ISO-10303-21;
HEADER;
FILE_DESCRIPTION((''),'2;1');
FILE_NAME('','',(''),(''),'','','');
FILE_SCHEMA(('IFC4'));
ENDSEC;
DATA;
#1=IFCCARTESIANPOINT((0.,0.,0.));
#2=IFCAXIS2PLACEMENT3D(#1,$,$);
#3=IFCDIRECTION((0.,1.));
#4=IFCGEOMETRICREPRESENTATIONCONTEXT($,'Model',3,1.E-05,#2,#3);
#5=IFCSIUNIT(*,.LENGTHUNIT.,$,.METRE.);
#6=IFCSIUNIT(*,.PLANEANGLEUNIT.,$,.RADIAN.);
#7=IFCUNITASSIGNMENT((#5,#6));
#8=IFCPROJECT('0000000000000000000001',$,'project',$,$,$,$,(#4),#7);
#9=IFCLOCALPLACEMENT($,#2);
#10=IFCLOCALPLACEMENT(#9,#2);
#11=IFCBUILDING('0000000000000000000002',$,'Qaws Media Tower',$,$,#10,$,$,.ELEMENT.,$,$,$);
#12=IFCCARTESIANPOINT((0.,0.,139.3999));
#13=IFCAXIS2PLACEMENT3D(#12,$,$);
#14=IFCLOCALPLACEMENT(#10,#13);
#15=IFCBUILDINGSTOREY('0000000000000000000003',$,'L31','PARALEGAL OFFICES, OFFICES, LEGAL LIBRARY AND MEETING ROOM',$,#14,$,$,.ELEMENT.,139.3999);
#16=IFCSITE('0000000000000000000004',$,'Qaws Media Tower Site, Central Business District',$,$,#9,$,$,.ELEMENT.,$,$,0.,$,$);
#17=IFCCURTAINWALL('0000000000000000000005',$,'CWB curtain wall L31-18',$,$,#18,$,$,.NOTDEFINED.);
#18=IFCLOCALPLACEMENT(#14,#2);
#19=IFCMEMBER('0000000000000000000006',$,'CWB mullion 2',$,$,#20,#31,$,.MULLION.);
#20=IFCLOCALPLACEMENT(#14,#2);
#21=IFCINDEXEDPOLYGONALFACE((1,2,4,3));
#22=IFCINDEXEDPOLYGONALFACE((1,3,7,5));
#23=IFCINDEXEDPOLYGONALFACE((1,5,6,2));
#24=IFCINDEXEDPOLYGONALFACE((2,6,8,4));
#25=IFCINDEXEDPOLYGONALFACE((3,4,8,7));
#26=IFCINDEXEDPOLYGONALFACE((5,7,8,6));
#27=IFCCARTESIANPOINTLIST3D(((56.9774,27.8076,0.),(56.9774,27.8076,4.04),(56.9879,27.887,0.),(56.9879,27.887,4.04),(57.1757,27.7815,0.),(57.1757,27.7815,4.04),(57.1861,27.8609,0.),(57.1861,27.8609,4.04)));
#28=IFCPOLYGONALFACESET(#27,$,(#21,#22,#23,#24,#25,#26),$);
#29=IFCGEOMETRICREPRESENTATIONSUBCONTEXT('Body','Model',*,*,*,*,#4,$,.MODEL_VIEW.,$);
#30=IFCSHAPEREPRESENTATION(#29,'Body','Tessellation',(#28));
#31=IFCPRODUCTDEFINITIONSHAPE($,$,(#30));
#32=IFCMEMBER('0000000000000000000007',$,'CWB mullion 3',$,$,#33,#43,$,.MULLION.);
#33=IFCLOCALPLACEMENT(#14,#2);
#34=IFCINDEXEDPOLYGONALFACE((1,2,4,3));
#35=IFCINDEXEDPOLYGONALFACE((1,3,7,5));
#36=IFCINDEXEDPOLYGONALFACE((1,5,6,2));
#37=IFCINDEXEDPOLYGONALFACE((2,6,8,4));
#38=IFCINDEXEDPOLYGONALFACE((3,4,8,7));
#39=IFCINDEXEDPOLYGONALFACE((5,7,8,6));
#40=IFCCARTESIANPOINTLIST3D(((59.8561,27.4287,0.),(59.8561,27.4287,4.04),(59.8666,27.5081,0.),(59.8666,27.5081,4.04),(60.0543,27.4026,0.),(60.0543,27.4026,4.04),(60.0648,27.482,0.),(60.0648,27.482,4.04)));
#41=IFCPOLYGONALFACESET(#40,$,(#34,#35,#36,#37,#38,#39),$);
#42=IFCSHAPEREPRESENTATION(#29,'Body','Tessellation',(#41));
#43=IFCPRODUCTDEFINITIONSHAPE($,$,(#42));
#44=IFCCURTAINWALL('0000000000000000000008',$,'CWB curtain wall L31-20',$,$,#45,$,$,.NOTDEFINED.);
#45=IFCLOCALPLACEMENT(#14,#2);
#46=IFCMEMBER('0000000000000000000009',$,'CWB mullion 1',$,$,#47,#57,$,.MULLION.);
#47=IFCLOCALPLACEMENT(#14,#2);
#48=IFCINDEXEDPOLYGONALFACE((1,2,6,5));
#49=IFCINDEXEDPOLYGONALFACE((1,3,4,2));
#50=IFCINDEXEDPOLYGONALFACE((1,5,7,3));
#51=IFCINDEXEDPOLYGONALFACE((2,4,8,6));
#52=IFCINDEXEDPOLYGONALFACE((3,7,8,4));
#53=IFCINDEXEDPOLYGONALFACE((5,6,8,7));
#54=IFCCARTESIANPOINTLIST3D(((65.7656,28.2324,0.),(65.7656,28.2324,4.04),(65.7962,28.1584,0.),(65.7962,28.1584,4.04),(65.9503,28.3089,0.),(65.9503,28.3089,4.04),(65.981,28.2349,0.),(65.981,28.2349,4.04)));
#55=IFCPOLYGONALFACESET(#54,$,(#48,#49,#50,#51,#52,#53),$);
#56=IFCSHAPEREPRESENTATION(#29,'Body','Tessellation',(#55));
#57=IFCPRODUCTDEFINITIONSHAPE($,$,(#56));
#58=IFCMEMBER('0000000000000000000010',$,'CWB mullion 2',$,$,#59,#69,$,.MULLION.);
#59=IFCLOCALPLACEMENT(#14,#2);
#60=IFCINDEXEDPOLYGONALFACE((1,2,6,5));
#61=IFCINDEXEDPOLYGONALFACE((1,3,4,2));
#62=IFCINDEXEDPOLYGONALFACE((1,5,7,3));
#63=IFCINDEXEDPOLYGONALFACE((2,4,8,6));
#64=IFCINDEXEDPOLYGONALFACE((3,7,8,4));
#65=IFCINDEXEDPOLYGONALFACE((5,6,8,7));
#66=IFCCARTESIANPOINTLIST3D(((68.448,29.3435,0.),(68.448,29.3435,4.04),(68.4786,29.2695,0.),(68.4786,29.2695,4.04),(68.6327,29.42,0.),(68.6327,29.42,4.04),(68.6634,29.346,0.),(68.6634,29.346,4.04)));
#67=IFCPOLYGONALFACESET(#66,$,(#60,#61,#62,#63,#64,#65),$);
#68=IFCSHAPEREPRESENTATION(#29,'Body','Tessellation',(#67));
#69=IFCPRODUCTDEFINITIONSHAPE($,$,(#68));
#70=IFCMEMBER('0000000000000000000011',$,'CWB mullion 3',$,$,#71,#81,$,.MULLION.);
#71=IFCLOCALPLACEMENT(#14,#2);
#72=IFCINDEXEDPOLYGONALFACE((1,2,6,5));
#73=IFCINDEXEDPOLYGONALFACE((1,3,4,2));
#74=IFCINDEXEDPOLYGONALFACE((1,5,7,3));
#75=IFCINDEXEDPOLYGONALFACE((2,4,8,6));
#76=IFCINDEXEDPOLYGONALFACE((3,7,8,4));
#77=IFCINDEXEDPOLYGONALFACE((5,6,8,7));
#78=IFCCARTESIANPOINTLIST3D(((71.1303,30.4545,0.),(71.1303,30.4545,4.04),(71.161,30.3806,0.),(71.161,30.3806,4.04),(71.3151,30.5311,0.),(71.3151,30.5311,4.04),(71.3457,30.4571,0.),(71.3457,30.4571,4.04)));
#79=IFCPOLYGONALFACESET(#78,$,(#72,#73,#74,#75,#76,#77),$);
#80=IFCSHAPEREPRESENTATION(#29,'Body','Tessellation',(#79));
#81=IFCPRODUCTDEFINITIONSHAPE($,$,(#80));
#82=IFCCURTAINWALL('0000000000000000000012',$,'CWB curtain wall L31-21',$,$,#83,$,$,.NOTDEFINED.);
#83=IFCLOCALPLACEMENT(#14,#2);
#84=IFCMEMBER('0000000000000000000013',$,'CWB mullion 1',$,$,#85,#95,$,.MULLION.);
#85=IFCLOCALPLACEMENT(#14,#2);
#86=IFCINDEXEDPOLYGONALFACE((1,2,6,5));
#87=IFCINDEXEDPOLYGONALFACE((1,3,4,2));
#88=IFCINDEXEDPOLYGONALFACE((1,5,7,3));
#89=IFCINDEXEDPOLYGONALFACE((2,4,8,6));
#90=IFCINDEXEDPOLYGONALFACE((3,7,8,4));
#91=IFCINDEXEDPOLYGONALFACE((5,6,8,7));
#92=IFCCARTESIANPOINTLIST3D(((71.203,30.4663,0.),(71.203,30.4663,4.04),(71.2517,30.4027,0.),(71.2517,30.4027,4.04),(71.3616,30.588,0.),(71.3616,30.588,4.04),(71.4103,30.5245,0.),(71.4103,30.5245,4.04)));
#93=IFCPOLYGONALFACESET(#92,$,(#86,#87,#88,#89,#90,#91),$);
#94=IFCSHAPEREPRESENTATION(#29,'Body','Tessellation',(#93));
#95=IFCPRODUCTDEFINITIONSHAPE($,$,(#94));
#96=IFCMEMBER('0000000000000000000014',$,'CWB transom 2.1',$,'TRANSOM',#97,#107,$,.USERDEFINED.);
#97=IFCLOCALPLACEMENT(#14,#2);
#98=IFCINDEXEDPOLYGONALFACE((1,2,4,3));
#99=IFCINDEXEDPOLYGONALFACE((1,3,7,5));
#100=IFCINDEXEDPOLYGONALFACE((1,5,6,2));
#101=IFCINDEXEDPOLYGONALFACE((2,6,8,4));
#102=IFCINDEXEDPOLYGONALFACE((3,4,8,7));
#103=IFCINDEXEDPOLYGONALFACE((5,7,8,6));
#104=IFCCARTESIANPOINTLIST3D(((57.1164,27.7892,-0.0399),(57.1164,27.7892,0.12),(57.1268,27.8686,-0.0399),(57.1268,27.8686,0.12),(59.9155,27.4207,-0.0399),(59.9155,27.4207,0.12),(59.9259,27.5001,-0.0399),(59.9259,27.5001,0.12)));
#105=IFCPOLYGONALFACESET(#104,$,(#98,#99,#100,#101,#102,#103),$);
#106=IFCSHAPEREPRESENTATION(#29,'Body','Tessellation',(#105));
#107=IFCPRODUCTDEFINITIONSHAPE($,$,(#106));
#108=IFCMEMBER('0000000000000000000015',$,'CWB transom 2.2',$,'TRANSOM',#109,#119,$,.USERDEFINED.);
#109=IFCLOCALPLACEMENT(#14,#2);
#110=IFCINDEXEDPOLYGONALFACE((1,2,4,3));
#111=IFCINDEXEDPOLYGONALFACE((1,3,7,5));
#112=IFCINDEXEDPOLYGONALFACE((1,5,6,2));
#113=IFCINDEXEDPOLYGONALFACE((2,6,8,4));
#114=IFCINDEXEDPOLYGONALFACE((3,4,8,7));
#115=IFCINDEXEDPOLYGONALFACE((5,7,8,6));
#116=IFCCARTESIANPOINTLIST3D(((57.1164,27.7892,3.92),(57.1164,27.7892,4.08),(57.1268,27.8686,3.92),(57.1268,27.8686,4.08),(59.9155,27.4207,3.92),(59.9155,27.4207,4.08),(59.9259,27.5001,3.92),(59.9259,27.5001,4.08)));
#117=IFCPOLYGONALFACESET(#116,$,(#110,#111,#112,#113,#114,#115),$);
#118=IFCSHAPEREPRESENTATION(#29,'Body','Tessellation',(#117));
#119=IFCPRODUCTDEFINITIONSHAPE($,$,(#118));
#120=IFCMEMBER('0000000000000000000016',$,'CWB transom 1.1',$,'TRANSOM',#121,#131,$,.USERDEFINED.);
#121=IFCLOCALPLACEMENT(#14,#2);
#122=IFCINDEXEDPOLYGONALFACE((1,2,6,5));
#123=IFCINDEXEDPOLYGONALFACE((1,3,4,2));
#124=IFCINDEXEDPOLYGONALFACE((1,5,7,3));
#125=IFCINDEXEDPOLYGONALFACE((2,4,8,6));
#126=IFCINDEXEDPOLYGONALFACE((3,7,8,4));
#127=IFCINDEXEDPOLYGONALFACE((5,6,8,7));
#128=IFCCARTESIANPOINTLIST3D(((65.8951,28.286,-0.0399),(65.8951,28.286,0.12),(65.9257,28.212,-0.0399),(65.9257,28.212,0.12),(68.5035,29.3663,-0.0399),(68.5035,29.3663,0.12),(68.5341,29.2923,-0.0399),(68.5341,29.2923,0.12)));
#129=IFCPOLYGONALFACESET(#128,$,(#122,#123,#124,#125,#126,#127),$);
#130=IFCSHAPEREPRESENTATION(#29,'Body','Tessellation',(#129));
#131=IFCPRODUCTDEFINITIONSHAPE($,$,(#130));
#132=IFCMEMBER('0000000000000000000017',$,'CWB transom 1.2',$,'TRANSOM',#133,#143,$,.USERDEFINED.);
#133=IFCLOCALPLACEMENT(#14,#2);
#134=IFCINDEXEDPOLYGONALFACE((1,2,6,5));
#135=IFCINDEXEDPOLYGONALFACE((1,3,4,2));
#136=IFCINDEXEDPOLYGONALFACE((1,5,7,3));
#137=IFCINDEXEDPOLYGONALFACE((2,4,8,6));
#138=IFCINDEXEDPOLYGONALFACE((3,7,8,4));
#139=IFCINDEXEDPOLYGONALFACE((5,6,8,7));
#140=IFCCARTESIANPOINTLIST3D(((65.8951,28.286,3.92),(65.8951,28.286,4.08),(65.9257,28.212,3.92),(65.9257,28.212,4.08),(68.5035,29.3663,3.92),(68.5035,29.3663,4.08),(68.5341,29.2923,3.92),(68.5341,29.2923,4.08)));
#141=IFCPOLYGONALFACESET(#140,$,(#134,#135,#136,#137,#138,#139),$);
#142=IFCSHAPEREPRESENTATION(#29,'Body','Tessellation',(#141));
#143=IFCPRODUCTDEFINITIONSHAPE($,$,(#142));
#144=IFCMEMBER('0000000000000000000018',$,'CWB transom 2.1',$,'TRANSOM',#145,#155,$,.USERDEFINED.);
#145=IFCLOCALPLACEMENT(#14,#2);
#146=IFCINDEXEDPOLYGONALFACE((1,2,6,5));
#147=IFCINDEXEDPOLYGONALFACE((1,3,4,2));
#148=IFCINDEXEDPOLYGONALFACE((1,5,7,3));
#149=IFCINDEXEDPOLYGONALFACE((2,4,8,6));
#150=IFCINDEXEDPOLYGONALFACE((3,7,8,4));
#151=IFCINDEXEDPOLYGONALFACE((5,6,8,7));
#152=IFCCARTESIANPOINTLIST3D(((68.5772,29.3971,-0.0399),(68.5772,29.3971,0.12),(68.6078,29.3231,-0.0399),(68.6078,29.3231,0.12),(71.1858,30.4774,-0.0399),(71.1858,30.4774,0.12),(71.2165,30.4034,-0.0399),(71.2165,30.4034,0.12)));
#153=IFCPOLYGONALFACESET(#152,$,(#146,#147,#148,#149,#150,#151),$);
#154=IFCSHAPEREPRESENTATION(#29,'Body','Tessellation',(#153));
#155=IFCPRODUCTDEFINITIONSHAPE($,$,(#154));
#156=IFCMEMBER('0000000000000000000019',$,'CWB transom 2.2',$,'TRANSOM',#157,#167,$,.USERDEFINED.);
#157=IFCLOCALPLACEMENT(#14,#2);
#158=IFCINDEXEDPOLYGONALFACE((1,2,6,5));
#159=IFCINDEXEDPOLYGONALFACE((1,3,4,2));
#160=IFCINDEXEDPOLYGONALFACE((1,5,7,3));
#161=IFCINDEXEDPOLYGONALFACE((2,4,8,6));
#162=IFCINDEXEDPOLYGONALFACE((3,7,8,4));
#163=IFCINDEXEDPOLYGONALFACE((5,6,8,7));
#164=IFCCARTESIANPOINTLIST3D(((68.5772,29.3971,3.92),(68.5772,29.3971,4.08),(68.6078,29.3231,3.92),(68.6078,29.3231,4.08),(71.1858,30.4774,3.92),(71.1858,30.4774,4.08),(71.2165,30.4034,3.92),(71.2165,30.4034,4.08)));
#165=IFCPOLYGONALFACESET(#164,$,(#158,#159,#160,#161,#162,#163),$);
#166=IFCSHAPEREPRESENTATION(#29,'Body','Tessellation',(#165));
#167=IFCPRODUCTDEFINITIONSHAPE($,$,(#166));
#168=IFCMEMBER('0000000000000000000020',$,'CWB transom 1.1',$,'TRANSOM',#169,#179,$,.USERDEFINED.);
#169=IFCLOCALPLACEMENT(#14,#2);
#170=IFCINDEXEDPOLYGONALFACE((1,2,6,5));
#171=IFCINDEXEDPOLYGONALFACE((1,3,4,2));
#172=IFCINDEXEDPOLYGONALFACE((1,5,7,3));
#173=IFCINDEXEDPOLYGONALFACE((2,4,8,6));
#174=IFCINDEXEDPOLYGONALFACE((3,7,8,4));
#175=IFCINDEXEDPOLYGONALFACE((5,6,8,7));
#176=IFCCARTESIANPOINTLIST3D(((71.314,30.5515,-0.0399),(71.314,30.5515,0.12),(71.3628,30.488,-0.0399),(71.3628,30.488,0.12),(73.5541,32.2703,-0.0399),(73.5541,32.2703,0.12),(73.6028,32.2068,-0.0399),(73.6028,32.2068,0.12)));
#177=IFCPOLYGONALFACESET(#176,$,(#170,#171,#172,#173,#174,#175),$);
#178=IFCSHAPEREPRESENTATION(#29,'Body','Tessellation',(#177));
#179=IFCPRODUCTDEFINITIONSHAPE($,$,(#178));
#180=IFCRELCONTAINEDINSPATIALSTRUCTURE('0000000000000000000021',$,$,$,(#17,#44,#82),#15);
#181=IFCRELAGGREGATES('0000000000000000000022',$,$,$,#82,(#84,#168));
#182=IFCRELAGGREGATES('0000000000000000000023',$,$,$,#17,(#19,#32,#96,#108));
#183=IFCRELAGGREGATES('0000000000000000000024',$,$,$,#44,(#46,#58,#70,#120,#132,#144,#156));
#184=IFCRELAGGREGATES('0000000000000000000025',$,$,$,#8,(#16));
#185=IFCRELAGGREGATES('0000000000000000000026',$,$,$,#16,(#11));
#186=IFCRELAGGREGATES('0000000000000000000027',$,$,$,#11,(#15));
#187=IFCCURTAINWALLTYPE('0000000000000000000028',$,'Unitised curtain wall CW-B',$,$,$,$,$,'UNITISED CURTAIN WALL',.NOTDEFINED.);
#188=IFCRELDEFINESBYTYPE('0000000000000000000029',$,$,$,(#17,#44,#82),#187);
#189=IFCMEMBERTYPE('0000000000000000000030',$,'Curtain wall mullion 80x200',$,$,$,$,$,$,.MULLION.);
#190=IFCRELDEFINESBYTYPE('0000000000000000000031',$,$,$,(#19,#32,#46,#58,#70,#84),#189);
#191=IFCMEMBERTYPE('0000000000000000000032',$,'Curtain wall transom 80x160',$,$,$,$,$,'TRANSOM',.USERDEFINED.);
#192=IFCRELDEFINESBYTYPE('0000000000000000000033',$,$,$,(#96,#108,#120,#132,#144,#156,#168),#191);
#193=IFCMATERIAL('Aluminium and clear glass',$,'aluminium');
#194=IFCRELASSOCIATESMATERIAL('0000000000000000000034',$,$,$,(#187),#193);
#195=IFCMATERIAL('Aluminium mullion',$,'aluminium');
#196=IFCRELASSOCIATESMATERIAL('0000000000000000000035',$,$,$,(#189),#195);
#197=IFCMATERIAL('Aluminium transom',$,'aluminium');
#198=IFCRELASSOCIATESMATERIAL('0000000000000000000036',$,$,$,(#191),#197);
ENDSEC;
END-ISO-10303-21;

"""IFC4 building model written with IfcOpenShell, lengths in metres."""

from ifc_helpers import new_model, si_unit, direction, frame, origin, origin_2d, place, context, subcontext, project, spatial, rectangle, extrude, material, material_profile, profile_set, type_object, element, aggregate, save


model = new_model("IFC4")

# Units and contexts
model_context = context("Model", 3, precision=1e-05, world=origin(), true_north=direction((0.0, 1.0)))
body_context = subcontext(model_context, "Body", "Model", "MODEL_VIEW")
ifc_project = project(units=[si_unit("LENGTHUNIT", "METRE"), si_unit("PLANEANGLEUNIT", "RADIAN")], contexts=[model_context])

# Site, building, storey
site_placement = place(None, origin())
site = spatial("IfcSite", under=ifc_project, at=site_placement, Name="Qaws Media Tower Site, Central Business District", CompositionType="ELEMENT", RefElevation=0.0)
building_placement = place(site_placement, origin())
building = spatial("IfcBuilding", under=site, at=building_placement, Name="Qaws Media Tower", CompositionType="ELEMENT")
storey_placement = place(building_placement, frame((0.0, 0.0, 139.3999)))
storey = spatial("IfcBuildingStorey", under=building, at=storey_placement, Name="L31", Description="PARALEGAL OFFICES, OFFICES, LEGAL LIBRARY AND MEETING ROOM", CompositionType="ELEMENT", Elevation=139.3999)

# Curtain walls, members
ifc_material_1 = material(Name="Aluminium and clear glass", Category="aluminium")
curtain_wall_type = type_object("IfcCurtainWallType", Name="Unitised curtain wall CW-B", ElementType="UNITISED CURTAIN WALL", PredefinedType="NOTDEFINED", material=ifc_material_1)
curtain_wall_1_placement = place(storey_placement, origin())
curtain_wall_1 = element("IfcCurtainWall", 1, at=curtain_wall_1_placement, inside=storey, type_object=curtain_wall_type, Name="CWB curtain wall L31-18", PredefinedType="NOTDEFINED")
ifc_material_2 = material(Name="Aluminium mullion", Category="aluminium")
ifc_material_profile_1 = material_profile(ifc_material_2, rectangle(XDim=0.0801, YDim=0.2, at=origin_2d()), Name="80x200")
ifc_profile_set_1 = profile_set([ifc_material_profile_1], Name="Aluminium mullion")
member_type_1 = type_object("IfcMemberType", Name="Curtain wall mullion 80x200", PredefinedType="MULLION", material=ifc_profile_set_1)
member_1_placement = place(storey_placement, frame((57.0818, 27.8342, 0.0), z_axis=(0.0, 0.0, 1.0), x_axis=(0.130526, 0.991445, 0.0)))
member_1 = element("IfcMember", 2, at=member_1_placement, type_object=member_type_1, Name="CWB mullion 2", PredefinedType="MULLION", context=body_context, shape_type="SweptSolid", body=[
    extrude(rectangle(XDim=0.0801, YDim=0.2, at=origin_2d()), origin(), (0.0, 0.0, 1.0), 4.04),
])
member_2_placement = place(storey_placement, frame((59.9604, 27.4553, 0.0), z_axis=(0.0, 0.0, 1.0), x_axis=(0.130526, 0.991445, 0.0)))
member_2 = element("IfcMember", 3, at=member_2_placement, type_object=member_type_1, Name="CWB mullion 3", PredefinedType="MULLION", context=body_context, shape_type="SweptSolid", body=[
    extrude(rectangle(XDim=0.0801, YDim=0.2, at=origin_2d()), origin(), (0.0, 0.0, 1.0), 4.04),
])
curtain_wall_2_placement = place(storey_placement, origin())
curtain_wall_2 = element("IfcCurtainWall", 4, at=curtain_wall_2_placement, inside=storey, type_object=curtain_wall_type, Name="CWB curtain wall L31-20", PredefinedType="NOTDEFINED")
member_3_placement = place(storey_placement, frame((65.8733, 28.2336, 0.0), z_axis=(0.0, 0.0, 1.0), x_axis=(-0.382683, 0.92388, 0.0)))
member_3 = element("IfcMember", 5, at=member_3_placement, type_object=member_type_1, Name="CWB mullion 1", PredefinedType="MULLION", context=body_context, shape_type="SweptSolid", body=[
    extrude(rectangle(XDim=0.0801, YDim=0.2, at=origin_2d()), origin(), (0.0, 0.0, 1.0), 4.04),
])
member_4_placement = place(storey_placement, frame((68.5557, 29.3447, 0.0), z_axis=(0.0, 0.0, 1.0), x_axis=(-0.382683, 0.92388, 0.0)))
member_4 = element("IfcMember", 6, at=member_4_placement, type_object=member_type_1, Name="CWB mullion 2", PredefinedType="MULLION", context=body_context, shape_type="SweptSolid", body=[
    extrude(rectangle(XDim=0.0801, YDim=0.2, at=origin_2d()), origin(), (0.0, 0.0, 1.0), 4.04),
])
member_5_placement = place(storey_placement, frame((71.238, 30.4558, 0.0), z_axis=(0.0, 0.0, 1.0), x_axis=(-0.382683, 0.92388, 0.0)))
member_5 = element("IfcMember", 7, at=member_5_placement, type_object=member_type_1, Name="CWB mullion 3", PredefinedType="MULLION", context=body_context, shape_type="SweptSolid", body=[
    extrude(rectangle(XDim=0.0801, YDim=0.2, at=origin_2d()), origin(), (0.0, 0.0, 1.0), 4.04),
])

# Curtain wall, member
curtain_wall_3_placement = place(storey_placement, origin())
curtain_wall_3 = element("IfcCurtainWall", 8, at=curtain_wall_3_placement, inside=storey, type_object=curtain_wall_type, Name="CWB curtain wall L31-21", PredefinedType="NOTDEFINED")
member_6_placement = place(storey_placement, frame((71.3066, 30.4954, 0.0), z_axis=(0.0, 0.0, 1.0), x_axis=(-0.608761, 0.793353, 0.0)))
member_6 = element("IfcMember", 9, at=member_6_placement, type_object=member_type_1, Name="CWB mullion 1", PredefinedType="MULLION", context=body_context, shape_type="SweptSolid", body=[
    extrude(rectangle(XDim=0.0801, YDim=0.2, at=origin_2d()), origin(), (0.0, 0.0, 1.0), 4.04),
])

# Members
ifc_material_3 = material(Name="Aluminium transom", Category="aluminium")
ifc_material_profile_2 = material_profile(ifc_material_3, rectangle(XDim=0.0801, YDim=0.1599, at=origin_2d()), Name="80x160")
ifc_profile_set_2 = profile_set([ifc_material_profile_2], Name="Aluminium transom")
member_type_2 = type_object("IfcMemberType", Name="Curtain wall transom 80x160", ElementType="TRANSOM", PredefinedType="USERDEFINED", material=ifc_profile_set_2)
member_7_placement = place(storey_placement, frame((57.1216, 27.8289, 0.04), z_axis=(0.991449, -0.130493, 0.0), x_axis=(0.130493, 0.991449, 0.0)))
member_7 = element("IfcMember", 10, at=member_7_placement, type_object=member_type_2, Name="CWB transom 2.1", ObjectType="TRANSOM", PredefinedType="USERDEFINED", context=body_context, shape_type="SweptSolid", body=[
    extrude(rectangle(XDim=0.0801, YDim=0.1599, at=origin_2d()), origin(), (0.0, 0.0, 1.0), 2.8232),
])
member_8_placement = place(storey_placement, frame((57.1216, 27.8289, 4.0), z_axis=(0.991449, -0.130493, 0.0), x_axis=(0.130493, 0.991449, 0.0)))
member_8 = element("IfcMember", 11, at=member_8_placement, type_object=member_type_2, Name="CWB transom 2.2", ObjectType="TRANSOM", PredefinedType="USERDEFINED", context=body_context, shape_type="SweptSolid", body=[
    extrude(rectangle(XDim=0.0801, YDim=0.1599, at=origin_2d()), origin(), (0.0, 0.0, 1.0), 2.8232),
])
member_9_placement = place(storey_placement, frame((65.9104, 28.249, 0.04), z_axis=(0.923894, 0.38265, 0.0), x_axis=(-0.38265, 0.923894, 0.0)))
member_9 = element("IfcMember", 12, at=member_9_placement, type_object=member_type_2, Name="CWB transom 1.1", ObjectType="TRANSOM", PredefinedType="USERDEFINED", context=body_context, shape_type="SweptSolid", body=[
    extrude(rectangle(XDim=0.0801, YDim=0.1599, at=origin_2d()), origin(), (0.0, 0.0, 1.0), 2.8232),
])
member_10_placement = place(storey_placement, frame((65.9104, 28.249, 4.0), z_axis=(0.923894, 0.38265, 0.0), x_axis=(-0.38265, 0.923894, 0.0)))
member_10 = element("IfcMember", 13, at=member_10_placement, type_object=member_type_2, Name="CWB transom 1.2", ObjectType="TRANSOM", PredefinedType="USERDEFINED", context=body_context, shape_type="SweptSolid", body=[
    extrude(rectangle(XDim=0.0801, YDim=0.1599, at=origin_2d()), origin(), (0.0, 0.0, 1.0), 2.8232),
])
member_11_placement = place(storey_placement, frame((68.5925, 29.3601, 0.04), z_axis=(0.923906, 0.382619, 0.0), x_axis=(-0.382619, 0.923906, 0.0)))
member_11 = element("IfcMember", 14, at=member_11_placement, type_object=member_type_2, Name="CWB transom 2.1", ObjectType="TRANSOM", PredefinedType="USERDEFINED", context=body_context, shape_type="SweptSolid", body=[
    extrude(rectangle(XDim=0.0801, YDim=0.1599, at=origin_2d()), origin(), (0.0, 0.0, 1.0), 2.8235),
])
member_12_placement = place(storey_placement, frame((68.5925, 29.3601, 4.0), z_axis=(0.923906, 0.382619, 0.0), x_axis=(-0.382619, 0.923906, 0.0)))
member_12 = element("IfcMember", 15, at=member_12_placement, type_object=member_type_2, Name="CWB transom 2.2", ObjectType="TRANSOM", PredefinedType="USERDEFINED", context=body_context, shape_type="SweptSolid", body=[
    extrude(rectangle(XDim=0.0801, YDim=0.1599, at=origin_2d()), origin(), (0.0, 0.0, 1.0), 2.8235),
])
member_13_placement = place(storey_placement, frame((71.3384, 30.5198, 0.04), z_axis=(0.793363, 0.608749, 0.0), x_axis=(-0.608749, 0.793363, 0.0)))
member_13 = element("IfcMember", 16, at=member_13_placement, type_object=member_type_2, Name="CWB transom 1.1", ObjectType="TRANSOM", PredefinedType="USERDEFINED", context=body_context, shape_type="SweptSolid", body=[
    extrude(rectangle(XDim=0.0801, YDim=0.1599, at=origin_2d()), origin(), (0.0, 0.0, 1.0), 2.8235),
])
aggregate(curtain_wall_3, [member_6, member_13])

aggregate(curtain_wall_1, [member_1, member_2, member_7, member_8])
aggregate(curtain_wall_2, [member_3, member_4, member_5, member_9, member_10, member_11, member_12])

save(model, "model.ifc")
